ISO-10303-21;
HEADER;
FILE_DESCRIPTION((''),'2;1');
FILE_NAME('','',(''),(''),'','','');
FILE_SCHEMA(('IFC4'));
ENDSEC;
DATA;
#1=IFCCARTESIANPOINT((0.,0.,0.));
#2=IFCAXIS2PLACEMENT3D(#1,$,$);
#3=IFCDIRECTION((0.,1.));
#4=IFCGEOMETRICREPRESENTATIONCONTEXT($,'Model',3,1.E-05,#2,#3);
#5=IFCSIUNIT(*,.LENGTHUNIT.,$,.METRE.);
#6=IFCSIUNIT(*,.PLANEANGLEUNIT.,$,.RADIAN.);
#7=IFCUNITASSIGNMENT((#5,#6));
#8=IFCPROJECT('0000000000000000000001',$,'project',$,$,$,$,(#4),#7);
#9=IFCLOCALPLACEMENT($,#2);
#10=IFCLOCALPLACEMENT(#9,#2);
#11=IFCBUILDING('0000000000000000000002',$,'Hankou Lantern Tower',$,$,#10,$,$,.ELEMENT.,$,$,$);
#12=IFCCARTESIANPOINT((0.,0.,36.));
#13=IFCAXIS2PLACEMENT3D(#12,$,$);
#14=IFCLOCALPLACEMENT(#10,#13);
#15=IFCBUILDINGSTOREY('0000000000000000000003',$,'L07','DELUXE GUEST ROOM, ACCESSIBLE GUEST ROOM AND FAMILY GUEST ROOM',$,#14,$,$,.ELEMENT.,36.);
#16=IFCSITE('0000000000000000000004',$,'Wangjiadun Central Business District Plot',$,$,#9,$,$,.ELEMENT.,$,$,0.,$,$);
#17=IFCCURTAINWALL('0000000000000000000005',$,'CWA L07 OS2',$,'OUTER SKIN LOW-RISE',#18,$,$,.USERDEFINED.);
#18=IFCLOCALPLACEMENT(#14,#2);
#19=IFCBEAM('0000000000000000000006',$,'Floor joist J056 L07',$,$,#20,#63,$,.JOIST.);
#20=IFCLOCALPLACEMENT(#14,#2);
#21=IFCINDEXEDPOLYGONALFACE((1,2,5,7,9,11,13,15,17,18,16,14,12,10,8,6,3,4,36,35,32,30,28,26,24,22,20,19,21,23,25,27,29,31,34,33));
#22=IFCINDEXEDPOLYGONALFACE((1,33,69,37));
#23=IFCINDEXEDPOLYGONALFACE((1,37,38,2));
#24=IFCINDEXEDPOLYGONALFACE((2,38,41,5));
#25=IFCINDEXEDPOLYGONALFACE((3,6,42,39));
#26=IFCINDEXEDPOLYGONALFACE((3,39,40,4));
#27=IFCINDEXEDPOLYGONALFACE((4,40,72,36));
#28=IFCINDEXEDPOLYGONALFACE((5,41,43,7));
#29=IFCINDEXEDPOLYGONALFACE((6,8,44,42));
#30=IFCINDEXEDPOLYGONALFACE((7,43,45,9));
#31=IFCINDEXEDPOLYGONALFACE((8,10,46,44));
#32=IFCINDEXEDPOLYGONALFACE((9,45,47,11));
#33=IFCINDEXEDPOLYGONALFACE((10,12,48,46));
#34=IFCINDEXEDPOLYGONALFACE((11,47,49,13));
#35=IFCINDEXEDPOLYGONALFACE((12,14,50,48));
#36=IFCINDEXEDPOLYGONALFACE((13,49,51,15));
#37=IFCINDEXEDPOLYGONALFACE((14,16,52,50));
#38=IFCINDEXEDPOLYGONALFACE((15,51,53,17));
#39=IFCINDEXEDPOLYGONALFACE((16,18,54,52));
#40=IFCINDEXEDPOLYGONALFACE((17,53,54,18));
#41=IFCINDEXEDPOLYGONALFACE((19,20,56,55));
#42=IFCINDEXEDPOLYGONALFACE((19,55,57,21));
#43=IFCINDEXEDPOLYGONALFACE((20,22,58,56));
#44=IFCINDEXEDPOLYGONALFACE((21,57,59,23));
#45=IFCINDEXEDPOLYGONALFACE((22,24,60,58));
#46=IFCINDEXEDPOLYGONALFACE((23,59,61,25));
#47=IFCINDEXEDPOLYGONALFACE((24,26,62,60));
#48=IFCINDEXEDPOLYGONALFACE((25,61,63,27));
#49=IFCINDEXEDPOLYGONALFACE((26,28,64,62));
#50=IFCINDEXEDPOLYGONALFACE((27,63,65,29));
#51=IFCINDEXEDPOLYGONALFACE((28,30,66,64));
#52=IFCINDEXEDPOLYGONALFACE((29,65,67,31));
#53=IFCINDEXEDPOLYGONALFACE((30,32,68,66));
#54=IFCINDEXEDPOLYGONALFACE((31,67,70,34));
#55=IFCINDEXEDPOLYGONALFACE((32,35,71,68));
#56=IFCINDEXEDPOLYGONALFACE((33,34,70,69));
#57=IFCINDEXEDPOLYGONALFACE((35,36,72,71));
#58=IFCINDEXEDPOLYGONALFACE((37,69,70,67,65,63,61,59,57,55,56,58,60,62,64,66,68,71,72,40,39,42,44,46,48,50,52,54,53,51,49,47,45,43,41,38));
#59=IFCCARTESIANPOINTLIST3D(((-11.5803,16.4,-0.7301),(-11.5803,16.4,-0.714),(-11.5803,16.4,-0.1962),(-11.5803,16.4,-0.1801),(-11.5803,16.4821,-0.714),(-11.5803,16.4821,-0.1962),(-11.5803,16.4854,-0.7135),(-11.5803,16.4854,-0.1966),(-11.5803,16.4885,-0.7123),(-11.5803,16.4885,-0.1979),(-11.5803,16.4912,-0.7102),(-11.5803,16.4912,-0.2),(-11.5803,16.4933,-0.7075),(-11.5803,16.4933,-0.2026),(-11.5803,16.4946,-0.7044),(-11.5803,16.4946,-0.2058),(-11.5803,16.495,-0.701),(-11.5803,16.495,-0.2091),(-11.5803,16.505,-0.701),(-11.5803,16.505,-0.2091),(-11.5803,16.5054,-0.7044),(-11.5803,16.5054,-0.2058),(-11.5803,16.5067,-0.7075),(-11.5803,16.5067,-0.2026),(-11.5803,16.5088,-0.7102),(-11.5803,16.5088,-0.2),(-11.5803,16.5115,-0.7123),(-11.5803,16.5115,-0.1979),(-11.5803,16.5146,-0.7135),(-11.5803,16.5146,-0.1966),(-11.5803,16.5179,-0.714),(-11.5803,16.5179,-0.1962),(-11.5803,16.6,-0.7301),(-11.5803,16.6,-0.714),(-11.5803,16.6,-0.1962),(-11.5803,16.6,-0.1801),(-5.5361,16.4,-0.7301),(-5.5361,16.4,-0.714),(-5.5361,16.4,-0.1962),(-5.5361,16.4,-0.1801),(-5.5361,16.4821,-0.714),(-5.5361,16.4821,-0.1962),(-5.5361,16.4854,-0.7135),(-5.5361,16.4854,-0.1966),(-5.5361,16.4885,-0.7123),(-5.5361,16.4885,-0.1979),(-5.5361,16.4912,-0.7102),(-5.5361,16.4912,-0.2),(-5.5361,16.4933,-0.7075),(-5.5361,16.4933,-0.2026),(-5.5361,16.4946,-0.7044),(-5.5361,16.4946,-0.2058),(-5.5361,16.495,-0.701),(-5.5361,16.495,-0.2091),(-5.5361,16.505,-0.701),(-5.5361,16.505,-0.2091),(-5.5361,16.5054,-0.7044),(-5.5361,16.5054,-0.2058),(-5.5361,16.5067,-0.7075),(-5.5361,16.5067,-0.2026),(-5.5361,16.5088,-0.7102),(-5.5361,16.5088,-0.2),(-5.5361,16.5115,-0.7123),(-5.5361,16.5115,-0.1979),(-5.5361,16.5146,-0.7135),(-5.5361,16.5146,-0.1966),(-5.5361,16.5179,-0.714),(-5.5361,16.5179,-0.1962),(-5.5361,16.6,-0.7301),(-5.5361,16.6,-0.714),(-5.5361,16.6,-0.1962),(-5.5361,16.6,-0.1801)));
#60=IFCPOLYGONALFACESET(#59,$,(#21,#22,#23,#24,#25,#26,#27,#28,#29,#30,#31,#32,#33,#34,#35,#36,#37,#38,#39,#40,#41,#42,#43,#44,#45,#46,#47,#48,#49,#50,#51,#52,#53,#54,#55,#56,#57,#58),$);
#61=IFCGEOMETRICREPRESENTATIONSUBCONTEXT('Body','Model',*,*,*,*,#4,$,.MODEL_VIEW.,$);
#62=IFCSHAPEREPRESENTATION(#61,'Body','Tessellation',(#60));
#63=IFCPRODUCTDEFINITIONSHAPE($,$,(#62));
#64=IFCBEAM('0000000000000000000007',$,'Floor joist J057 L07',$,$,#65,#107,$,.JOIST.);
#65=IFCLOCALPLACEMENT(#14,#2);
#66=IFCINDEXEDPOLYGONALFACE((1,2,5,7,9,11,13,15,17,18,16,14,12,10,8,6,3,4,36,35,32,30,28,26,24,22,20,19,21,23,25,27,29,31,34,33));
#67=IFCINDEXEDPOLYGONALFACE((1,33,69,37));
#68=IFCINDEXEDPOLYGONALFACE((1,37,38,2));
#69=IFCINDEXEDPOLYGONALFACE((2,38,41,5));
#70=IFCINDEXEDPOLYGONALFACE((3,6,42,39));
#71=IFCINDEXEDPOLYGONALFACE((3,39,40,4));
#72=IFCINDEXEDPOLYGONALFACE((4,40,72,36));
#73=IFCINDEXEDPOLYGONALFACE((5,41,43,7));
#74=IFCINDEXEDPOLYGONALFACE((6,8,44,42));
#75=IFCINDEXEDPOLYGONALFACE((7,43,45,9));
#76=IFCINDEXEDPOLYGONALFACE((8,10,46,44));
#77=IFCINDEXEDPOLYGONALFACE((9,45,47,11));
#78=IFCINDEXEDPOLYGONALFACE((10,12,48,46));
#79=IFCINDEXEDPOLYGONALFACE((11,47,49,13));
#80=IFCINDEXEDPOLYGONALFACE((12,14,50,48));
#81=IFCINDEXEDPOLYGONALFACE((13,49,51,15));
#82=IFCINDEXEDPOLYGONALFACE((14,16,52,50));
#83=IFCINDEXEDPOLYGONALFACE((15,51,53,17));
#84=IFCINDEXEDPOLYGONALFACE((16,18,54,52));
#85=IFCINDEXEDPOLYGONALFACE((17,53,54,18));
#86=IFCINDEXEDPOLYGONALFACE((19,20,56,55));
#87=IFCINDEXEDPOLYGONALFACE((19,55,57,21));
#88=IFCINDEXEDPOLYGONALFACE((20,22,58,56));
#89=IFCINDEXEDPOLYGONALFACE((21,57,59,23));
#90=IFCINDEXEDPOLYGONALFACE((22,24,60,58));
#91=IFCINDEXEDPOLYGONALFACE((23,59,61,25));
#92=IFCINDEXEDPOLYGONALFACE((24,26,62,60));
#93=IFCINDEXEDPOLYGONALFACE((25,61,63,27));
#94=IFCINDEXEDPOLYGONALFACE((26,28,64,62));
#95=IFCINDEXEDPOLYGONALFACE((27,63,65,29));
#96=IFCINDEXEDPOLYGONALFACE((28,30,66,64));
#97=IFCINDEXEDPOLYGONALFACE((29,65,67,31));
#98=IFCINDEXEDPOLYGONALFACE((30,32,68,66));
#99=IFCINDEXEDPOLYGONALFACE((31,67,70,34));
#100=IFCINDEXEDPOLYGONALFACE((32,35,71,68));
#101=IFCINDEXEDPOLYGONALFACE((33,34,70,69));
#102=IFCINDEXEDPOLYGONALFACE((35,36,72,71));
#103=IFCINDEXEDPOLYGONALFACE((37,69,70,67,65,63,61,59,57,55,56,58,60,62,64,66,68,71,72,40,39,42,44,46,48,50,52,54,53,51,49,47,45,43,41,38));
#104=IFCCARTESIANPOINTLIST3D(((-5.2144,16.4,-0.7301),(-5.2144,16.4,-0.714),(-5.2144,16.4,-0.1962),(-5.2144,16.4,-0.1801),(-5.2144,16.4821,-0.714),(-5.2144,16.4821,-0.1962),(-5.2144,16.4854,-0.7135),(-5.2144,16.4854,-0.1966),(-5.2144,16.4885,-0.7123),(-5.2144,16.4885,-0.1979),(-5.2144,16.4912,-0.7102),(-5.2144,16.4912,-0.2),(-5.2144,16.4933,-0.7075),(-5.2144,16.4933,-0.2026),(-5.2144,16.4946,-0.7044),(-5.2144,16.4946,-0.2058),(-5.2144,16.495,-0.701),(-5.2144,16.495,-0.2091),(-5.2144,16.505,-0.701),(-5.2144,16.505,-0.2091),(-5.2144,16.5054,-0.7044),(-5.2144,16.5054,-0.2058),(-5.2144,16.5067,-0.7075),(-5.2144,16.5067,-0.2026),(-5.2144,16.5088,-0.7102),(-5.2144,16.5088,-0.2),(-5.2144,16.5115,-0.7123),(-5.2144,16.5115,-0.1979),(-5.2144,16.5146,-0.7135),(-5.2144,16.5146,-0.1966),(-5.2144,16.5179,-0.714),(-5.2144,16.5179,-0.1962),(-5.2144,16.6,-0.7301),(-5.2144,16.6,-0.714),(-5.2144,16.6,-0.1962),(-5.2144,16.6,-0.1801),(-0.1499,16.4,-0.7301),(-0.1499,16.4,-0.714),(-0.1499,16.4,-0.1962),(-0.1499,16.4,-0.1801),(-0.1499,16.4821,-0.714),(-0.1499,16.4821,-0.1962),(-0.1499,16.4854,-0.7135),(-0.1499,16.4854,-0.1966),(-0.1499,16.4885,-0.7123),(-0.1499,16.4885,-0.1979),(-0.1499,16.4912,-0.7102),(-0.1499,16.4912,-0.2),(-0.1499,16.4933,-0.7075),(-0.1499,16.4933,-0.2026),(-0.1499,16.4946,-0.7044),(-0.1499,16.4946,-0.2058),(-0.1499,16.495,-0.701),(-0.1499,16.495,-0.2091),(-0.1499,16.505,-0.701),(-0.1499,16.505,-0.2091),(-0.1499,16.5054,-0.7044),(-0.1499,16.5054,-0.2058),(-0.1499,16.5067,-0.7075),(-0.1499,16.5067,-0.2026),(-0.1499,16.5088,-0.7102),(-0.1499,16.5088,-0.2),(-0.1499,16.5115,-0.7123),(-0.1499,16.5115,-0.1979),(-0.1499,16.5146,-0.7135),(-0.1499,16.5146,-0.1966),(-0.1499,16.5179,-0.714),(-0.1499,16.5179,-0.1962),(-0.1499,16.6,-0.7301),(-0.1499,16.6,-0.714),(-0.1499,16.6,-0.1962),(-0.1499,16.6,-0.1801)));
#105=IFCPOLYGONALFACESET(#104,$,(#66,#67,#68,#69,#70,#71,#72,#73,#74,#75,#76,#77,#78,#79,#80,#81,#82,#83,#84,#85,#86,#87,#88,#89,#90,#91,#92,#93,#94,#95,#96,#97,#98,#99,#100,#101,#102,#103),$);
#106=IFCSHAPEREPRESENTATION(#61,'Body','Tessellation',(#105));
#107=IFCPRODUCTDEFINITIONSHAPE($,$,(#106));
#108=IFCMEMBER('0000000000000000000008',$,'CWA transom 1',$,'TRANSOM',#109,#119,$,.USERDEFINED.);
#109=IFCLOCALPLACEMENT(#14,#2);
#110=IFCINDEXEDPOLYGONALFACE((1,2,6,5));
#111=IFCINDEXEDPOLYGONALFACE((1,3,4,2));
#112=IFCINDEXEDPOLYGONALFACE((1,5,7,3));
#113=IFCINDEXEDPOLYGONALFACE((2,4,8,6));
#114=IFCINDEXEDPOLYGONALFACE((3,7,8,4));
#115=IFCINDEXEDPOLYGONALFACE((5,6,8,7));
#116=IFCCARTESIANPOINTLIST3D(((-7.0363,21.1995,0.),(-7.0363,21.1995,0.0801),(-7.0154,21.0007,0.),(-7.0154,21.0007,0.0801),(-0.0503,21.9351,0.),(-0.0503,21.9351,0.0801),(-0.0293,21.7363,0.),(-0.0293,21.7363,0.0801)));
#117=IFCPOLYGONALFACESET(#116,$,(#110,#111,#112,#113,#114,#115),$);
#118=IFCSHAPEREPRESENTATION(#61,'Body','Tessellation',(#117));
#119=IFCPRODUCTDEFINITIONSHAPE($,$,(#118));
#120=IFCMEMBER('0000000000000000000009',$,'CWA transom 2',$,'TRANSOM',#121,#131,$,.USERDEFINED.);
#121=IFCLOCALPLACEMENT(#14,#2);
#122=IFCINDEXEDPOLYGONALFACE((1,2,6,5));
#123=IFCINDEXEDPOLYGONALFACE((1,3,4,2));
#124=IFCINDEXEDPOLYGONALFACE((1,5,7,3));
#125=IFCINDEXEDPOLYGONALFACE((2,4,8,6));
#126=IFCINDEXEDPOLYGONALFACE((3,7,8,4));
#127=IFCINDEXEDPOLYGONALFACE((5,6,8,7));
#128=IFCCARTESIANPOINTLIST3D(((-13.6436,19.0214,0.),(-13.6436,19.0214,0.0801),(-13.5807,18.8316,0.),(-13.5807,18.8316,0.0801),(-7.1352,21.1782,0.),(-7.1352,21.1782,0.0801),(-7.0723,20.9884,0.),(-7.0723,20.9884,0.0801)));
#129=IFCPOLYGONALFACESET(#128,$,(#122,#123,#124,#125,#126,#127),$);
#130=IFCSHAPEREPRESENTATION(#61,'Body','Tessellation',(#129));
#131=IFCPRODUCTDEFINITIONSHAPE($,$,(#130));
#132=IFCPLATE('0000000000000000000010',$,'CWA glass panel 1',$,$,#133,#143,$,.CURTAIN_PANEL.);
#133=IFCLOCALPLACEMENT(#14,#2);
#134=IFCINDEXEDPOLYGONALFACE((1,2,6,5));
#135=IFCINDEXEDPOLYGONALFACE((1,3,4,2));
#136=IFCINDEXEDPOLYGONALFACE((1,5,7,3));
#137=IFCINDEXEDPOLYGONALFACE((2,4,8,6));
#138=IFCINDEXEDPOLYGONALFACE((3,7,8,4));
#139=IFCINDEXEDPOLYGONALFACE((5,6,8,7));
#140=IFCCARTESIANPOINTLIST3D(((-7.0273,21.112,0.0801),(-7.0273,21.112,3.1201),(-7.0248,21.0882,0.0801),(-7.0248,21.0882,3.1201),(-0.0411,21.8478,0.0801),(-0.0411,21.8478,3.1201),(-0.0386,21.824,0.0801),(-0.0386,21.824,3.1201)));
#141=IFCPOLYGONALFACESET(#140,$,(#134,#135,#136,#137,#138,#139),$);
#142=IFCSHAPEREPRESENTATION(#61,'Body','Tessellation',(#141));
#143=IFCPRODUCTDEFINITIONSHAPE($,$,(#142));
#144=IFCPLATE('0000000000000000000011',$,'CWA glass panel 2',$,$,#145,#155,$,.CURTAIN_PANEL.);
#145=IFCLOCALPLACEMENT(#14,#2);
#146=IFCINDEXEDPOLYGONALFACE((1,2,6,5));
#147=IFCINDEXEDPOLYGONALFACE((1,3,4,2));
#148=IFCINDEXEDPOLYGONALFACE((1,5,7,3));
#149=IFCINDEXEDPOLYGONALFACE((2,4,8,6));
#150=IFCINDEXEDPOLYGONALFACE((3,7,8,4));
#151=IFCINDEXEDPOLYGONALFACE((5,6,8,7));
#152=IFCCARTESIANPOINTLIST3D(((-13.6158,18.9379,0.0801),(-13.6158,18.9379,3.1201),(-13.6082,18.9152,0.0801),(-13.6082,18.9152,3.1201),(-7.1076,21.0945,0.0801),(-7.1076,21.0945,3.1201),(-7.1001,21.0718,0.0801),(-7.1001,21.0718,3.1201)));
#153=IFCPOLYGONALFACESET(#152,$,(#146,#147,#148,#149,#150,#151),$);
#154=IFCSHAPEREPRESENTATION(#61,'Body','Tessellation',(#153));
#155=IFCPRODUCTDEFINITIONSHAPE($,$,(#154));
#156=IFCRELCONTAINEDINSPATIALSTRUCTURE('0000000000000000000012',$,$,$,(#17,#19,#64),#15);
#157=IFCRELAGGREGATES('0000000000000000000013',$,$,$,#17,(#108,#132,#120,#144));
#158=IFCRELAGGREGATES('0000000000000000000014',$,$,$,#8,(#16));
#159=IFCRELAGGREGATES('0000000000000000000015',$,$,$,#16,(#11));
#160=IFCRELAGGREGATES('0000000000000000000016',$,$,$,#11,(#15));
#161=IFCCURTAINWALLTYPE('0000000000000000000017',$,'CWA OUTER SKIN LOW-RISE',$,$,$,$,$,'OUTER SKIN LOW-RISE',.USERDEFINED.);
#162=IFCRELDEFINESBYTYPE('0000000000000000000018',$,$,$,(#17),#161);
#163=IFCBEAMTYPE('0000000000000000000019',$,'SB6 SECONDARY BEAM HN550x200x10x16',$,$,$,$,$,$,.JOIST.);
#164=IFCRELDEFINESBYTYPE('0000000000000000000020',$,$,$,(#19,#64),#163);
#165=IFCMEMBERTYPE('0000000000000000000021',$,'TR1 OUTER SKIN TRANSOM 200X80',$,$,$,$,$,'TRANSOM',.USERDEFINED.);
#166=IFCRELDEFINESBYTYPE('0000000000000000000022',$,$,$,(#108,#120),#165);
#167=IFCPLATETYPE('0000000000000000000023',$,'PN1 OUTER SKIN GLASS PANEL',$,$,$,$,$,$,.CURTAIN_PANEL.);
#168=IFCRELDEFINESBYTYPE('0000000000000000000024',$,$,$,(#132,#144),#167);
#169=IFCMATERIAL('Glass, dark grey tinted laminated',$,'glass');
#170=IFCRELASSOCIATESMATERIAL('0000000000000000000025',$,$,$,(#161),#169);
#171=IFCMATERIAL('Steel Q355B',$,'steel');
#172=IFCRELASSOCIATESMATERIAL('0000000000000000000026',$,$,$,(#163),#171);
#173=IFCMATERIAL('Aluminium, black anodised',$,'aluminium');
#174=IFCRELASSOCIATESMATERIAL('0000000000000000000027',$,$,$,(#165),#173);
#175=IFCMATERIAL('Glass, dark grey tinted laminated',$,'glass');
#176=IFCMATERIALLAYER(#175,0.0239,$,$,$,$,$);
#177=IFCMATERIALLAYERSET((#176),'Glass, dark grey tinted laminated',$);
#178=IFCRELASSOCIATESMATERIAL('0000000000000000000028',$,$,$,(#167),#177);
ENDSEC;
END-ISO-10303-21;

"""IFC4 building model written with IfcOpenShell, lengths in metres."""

from ifc_helpers import new_model, si_unit, direction, frame, origin, origin_2d, place, context, subcontext, project, spatial, rectangle, i_section, extrude, material, layer, layer_set, material_profile, profile_set, type_object, element, aggregate, save


model = new_model("IFC4")

# Units and contexts
model_context = context("Model", 3, precision=1e-05, world=origin(), true_north=direction((0.0, 1.0)))
body_context = subcontext(model_context, "Body", "Model", "MODEL_VIEW")
ifc_project = project(units=[si_unit("LENGTHUNIT", "METRE"), si_unit("PLANEANGLEUNIT", "RADIAN")], contexts=[model_context])

# Site, building, storey
site_placement = place(None, origin())
site = spatial("IfcSite", under=ifc_project, at=site_placement, Name="Wangjiadun Central Business District Plot", CompositionType="ELEMENT", RefElevation=0.0)
building_placement = place(site_placement, origin())
building = spatial("IfcBuilding", under=site, at=building_placement, Name="Hankou Lantern Tower", CompositionType="ELEMENT")
storey_placement = place(building_placement, frame((0.0, 0.0, 36.0)))
storey = spatial("IfcBuildingStorey", under=building, at=storey_placement, Name="L07", Description="DELUXE GUEST ROOM, ACCESSIBLE GUEST ROOM AND FAMILY GUEST ROOM", CompositionType="ELEMENT", Elevation=36.0)

# Curtain wall
ifc_material_1 = material(Name="Glass, dark grey tinted laminated", Category="glass")
curtain_wall_type = type_object("IfcCurtainWallType", Name="CWA OUTER SKIN LOW-RISE", ElementType="OUTER SKIN LOW-RISE", PredefinedType="USERDEFINED", material=ifc_material_1)
curtain_wall_placement = place(storey_placement, origin())
curtain_wall = element("IfcCurtainWall", 1, at=curtain_wall_placement, inside=storey, type_object=curtain_wall_type, Name="CWA L07 OS2", ObjectType="OUTER SKIN LOW-RISE", PredefinedType="USERDEFINED")

# Beams
ifc_material_2 = material(Name="Steel Q355B", Category="steel")
ifc_material_profile_1 = material_profile(ifc_material_2, i_section(OverallWidth=0.2, OverallDepth=0.55, WebThickness=0.01, FlangeThickness=0.0161, FilletRadius=0.0129, at=origin_2d()), Name="HN550x200x10x16")
ifc_profile_set_1 = profile_set([ifc_material_profile_1], Name="Steel Q355B")
beam_type_1 = type_object("IfcBeamType", Name="SB6 SECONDARY BEAM HN550x200x10x16", PredefinedType="JOIST", material=ifc_profile_set_1)
beam_1_placement = place(storey_placement, frame((-11.5803, 16.5, -0.4551), z_axis=(1.0, 0.0, 0.0), x_axis=(0.0, 1.0, 0.0)))
element("IfcBeam", 2, at=beam_1_placement, inside=storey, type_object=beam_type_1, Name="Floor joist J056 L07", PredefinedType="JOIST", context=body_context, shape_type="SweptSolid", body=[
    extrude(i_section(OverallWidth=0.2, OverallDepth=0.55, WebThickness=0.01, FlangeThickness=0.0161, FilletRadius=0.0129, at=origin_2d()), origin(), (0.0, 0.0, 1.0), 6.0442),
])
beam_2_placement = place(storey_placement, frame((-5.2144, 16.5, -0.4551), z_axis=(1.0, 0.0, 0.0), x_axis=(0.0, 1.0, 0.0)))
element("IfcBeam", 3, at=beam_2_placement, inside=storey, type_object=beam_type_1, Name="Floor joist J057 L07", PredefinedType="JOIST", context=body_context, shape_type="SweptSolid", body=[
    extrude(i_section(OverallWidth=0.2, OverallDepth=0.55, WebThickness=0.01, FlangeThickness=0.0161, FilletRadius=0.0129, at=origin_2d()), origin(), (0.0, 0.0, 1.0), 5.0645),
])

# Members
ifc_material_3 = material(Name="Aluminium, black anodised", Category="aluminium")
ifc_material_profile_2 = material_profile(ifc_material_3, rectangle(XDim=0.2, YDim=0.0801, at=origin_2d()), Name="TR1 200X80")
ifc_profile_set_2 = profile_set([ifc_material_profile_2], Name="Aluminium, black anodised")
member_type_1 = type_object("IfcMemberType", Name="TR1 OUTER SKIN TRANSOM 200X80", ElementType="TRANSOM", PredefinedType="USERDEFINED", material=ifc_profile_set_2)
member_1_placement = place(storey_placement, frame((-0.0398, 21.8357, 0.04), z_axis=(-0.994502, -0.104716, 0.0), x_axis=(0.104716, -0.994502, 0.0)))
member_1 = element("IfcMember", 4, at=member_1_placement, type_object=member_type_1, Name="CWA transom 1", ObjectType="TRANSOM", PredefinedType="USERDEFINED", context=body_context, shape_type="SweptSolid", body=[
    extrude(rectangle(XDim=0.2, YDim=0.0801, at=origin_2d()), origin(), (0.0, 0.0, 1.0), 7.0247),
])
member_2_placement = place(storey_placement, frame((-7.1038, 21.0833, 0.04), z_axis=(-0.949237, -0.314561, 0.0), x_axis=(0.314561, -0.949237, 0.0)))
member_2 = element("IfcMember", 5, at=member_2_placement, type_object=member_type_1, Name="CWA transom 2", ObjectType="TRANSOM", PredefinedType="USERDEFINED", context=body_context, shape_type="SweptSolid", body=[
    extrude(rectangle(XDim=0.2, YDim=0.0801, at=origin_2d()), origin(), (0.0, 0.0, 1.0), 6.8564),
])

# Plates
ifc_material_4 = material(Name="Glass, dark grey tinted laminated", Category="glass")
ifc_layer_1 = layer(ifc_material_4, 0.0239)
ifc_layer_set_1 = layer_set([ifc_layer_1], Name="Glass, dark grey tinted laminated")
plate_type = type_object("IfcPlateType", Name="PN1 OUTER SKIN GLASS PANEL", PredefinedType="CURTAIN_PANEL", material=ifc_layer_set_1)
plate_1_placement = place(storey_placement, frame((-3.533, 21.468, 0.0801), z_axis=(0.0, 0.0, 1.0), x_axis=(-0.994499, -0.104743, 0.0)))
plate_1 = element("IfcPlate", 6, at=plate_1_placement, type_object=plate_type, Name="CWA glass panel 1", PredefinedType="CURTAIN_PANEL", context=body_context, shape_type="SweptSolid", body=[
    extrude(rectangle(XDim=7.0249, YDim=0.0239, at=origin_2d()), origin(), (0.0, 0.0, 1.0), 3.04),
])
plate_2_placement = place(storey_placement, frame((-10.3579, 20.0049, 0.0801), z_axis=(0.0, 0.0, 1.0), x_axis=(-0.949241, -0.314551, 0.0)))
plate_2 = element("IfcPlate", 7, at=plate_2_placement, type_object=plate_type, Name="CWA glass panel 2", PredefinedType="CURTAIN_PANEL", context=body_context, shape_type="SweptSolid", body=[
    extrude(rectangle(XDim=6.8562, YDim=0.0239, at=origin_2d()), origin(), (0.0, 0.0, 1.0), 3.04),
])
aggregate(curtain_wall, [member_1, plate_1, member_2, plate_2])

save(model, "model.ifc")
